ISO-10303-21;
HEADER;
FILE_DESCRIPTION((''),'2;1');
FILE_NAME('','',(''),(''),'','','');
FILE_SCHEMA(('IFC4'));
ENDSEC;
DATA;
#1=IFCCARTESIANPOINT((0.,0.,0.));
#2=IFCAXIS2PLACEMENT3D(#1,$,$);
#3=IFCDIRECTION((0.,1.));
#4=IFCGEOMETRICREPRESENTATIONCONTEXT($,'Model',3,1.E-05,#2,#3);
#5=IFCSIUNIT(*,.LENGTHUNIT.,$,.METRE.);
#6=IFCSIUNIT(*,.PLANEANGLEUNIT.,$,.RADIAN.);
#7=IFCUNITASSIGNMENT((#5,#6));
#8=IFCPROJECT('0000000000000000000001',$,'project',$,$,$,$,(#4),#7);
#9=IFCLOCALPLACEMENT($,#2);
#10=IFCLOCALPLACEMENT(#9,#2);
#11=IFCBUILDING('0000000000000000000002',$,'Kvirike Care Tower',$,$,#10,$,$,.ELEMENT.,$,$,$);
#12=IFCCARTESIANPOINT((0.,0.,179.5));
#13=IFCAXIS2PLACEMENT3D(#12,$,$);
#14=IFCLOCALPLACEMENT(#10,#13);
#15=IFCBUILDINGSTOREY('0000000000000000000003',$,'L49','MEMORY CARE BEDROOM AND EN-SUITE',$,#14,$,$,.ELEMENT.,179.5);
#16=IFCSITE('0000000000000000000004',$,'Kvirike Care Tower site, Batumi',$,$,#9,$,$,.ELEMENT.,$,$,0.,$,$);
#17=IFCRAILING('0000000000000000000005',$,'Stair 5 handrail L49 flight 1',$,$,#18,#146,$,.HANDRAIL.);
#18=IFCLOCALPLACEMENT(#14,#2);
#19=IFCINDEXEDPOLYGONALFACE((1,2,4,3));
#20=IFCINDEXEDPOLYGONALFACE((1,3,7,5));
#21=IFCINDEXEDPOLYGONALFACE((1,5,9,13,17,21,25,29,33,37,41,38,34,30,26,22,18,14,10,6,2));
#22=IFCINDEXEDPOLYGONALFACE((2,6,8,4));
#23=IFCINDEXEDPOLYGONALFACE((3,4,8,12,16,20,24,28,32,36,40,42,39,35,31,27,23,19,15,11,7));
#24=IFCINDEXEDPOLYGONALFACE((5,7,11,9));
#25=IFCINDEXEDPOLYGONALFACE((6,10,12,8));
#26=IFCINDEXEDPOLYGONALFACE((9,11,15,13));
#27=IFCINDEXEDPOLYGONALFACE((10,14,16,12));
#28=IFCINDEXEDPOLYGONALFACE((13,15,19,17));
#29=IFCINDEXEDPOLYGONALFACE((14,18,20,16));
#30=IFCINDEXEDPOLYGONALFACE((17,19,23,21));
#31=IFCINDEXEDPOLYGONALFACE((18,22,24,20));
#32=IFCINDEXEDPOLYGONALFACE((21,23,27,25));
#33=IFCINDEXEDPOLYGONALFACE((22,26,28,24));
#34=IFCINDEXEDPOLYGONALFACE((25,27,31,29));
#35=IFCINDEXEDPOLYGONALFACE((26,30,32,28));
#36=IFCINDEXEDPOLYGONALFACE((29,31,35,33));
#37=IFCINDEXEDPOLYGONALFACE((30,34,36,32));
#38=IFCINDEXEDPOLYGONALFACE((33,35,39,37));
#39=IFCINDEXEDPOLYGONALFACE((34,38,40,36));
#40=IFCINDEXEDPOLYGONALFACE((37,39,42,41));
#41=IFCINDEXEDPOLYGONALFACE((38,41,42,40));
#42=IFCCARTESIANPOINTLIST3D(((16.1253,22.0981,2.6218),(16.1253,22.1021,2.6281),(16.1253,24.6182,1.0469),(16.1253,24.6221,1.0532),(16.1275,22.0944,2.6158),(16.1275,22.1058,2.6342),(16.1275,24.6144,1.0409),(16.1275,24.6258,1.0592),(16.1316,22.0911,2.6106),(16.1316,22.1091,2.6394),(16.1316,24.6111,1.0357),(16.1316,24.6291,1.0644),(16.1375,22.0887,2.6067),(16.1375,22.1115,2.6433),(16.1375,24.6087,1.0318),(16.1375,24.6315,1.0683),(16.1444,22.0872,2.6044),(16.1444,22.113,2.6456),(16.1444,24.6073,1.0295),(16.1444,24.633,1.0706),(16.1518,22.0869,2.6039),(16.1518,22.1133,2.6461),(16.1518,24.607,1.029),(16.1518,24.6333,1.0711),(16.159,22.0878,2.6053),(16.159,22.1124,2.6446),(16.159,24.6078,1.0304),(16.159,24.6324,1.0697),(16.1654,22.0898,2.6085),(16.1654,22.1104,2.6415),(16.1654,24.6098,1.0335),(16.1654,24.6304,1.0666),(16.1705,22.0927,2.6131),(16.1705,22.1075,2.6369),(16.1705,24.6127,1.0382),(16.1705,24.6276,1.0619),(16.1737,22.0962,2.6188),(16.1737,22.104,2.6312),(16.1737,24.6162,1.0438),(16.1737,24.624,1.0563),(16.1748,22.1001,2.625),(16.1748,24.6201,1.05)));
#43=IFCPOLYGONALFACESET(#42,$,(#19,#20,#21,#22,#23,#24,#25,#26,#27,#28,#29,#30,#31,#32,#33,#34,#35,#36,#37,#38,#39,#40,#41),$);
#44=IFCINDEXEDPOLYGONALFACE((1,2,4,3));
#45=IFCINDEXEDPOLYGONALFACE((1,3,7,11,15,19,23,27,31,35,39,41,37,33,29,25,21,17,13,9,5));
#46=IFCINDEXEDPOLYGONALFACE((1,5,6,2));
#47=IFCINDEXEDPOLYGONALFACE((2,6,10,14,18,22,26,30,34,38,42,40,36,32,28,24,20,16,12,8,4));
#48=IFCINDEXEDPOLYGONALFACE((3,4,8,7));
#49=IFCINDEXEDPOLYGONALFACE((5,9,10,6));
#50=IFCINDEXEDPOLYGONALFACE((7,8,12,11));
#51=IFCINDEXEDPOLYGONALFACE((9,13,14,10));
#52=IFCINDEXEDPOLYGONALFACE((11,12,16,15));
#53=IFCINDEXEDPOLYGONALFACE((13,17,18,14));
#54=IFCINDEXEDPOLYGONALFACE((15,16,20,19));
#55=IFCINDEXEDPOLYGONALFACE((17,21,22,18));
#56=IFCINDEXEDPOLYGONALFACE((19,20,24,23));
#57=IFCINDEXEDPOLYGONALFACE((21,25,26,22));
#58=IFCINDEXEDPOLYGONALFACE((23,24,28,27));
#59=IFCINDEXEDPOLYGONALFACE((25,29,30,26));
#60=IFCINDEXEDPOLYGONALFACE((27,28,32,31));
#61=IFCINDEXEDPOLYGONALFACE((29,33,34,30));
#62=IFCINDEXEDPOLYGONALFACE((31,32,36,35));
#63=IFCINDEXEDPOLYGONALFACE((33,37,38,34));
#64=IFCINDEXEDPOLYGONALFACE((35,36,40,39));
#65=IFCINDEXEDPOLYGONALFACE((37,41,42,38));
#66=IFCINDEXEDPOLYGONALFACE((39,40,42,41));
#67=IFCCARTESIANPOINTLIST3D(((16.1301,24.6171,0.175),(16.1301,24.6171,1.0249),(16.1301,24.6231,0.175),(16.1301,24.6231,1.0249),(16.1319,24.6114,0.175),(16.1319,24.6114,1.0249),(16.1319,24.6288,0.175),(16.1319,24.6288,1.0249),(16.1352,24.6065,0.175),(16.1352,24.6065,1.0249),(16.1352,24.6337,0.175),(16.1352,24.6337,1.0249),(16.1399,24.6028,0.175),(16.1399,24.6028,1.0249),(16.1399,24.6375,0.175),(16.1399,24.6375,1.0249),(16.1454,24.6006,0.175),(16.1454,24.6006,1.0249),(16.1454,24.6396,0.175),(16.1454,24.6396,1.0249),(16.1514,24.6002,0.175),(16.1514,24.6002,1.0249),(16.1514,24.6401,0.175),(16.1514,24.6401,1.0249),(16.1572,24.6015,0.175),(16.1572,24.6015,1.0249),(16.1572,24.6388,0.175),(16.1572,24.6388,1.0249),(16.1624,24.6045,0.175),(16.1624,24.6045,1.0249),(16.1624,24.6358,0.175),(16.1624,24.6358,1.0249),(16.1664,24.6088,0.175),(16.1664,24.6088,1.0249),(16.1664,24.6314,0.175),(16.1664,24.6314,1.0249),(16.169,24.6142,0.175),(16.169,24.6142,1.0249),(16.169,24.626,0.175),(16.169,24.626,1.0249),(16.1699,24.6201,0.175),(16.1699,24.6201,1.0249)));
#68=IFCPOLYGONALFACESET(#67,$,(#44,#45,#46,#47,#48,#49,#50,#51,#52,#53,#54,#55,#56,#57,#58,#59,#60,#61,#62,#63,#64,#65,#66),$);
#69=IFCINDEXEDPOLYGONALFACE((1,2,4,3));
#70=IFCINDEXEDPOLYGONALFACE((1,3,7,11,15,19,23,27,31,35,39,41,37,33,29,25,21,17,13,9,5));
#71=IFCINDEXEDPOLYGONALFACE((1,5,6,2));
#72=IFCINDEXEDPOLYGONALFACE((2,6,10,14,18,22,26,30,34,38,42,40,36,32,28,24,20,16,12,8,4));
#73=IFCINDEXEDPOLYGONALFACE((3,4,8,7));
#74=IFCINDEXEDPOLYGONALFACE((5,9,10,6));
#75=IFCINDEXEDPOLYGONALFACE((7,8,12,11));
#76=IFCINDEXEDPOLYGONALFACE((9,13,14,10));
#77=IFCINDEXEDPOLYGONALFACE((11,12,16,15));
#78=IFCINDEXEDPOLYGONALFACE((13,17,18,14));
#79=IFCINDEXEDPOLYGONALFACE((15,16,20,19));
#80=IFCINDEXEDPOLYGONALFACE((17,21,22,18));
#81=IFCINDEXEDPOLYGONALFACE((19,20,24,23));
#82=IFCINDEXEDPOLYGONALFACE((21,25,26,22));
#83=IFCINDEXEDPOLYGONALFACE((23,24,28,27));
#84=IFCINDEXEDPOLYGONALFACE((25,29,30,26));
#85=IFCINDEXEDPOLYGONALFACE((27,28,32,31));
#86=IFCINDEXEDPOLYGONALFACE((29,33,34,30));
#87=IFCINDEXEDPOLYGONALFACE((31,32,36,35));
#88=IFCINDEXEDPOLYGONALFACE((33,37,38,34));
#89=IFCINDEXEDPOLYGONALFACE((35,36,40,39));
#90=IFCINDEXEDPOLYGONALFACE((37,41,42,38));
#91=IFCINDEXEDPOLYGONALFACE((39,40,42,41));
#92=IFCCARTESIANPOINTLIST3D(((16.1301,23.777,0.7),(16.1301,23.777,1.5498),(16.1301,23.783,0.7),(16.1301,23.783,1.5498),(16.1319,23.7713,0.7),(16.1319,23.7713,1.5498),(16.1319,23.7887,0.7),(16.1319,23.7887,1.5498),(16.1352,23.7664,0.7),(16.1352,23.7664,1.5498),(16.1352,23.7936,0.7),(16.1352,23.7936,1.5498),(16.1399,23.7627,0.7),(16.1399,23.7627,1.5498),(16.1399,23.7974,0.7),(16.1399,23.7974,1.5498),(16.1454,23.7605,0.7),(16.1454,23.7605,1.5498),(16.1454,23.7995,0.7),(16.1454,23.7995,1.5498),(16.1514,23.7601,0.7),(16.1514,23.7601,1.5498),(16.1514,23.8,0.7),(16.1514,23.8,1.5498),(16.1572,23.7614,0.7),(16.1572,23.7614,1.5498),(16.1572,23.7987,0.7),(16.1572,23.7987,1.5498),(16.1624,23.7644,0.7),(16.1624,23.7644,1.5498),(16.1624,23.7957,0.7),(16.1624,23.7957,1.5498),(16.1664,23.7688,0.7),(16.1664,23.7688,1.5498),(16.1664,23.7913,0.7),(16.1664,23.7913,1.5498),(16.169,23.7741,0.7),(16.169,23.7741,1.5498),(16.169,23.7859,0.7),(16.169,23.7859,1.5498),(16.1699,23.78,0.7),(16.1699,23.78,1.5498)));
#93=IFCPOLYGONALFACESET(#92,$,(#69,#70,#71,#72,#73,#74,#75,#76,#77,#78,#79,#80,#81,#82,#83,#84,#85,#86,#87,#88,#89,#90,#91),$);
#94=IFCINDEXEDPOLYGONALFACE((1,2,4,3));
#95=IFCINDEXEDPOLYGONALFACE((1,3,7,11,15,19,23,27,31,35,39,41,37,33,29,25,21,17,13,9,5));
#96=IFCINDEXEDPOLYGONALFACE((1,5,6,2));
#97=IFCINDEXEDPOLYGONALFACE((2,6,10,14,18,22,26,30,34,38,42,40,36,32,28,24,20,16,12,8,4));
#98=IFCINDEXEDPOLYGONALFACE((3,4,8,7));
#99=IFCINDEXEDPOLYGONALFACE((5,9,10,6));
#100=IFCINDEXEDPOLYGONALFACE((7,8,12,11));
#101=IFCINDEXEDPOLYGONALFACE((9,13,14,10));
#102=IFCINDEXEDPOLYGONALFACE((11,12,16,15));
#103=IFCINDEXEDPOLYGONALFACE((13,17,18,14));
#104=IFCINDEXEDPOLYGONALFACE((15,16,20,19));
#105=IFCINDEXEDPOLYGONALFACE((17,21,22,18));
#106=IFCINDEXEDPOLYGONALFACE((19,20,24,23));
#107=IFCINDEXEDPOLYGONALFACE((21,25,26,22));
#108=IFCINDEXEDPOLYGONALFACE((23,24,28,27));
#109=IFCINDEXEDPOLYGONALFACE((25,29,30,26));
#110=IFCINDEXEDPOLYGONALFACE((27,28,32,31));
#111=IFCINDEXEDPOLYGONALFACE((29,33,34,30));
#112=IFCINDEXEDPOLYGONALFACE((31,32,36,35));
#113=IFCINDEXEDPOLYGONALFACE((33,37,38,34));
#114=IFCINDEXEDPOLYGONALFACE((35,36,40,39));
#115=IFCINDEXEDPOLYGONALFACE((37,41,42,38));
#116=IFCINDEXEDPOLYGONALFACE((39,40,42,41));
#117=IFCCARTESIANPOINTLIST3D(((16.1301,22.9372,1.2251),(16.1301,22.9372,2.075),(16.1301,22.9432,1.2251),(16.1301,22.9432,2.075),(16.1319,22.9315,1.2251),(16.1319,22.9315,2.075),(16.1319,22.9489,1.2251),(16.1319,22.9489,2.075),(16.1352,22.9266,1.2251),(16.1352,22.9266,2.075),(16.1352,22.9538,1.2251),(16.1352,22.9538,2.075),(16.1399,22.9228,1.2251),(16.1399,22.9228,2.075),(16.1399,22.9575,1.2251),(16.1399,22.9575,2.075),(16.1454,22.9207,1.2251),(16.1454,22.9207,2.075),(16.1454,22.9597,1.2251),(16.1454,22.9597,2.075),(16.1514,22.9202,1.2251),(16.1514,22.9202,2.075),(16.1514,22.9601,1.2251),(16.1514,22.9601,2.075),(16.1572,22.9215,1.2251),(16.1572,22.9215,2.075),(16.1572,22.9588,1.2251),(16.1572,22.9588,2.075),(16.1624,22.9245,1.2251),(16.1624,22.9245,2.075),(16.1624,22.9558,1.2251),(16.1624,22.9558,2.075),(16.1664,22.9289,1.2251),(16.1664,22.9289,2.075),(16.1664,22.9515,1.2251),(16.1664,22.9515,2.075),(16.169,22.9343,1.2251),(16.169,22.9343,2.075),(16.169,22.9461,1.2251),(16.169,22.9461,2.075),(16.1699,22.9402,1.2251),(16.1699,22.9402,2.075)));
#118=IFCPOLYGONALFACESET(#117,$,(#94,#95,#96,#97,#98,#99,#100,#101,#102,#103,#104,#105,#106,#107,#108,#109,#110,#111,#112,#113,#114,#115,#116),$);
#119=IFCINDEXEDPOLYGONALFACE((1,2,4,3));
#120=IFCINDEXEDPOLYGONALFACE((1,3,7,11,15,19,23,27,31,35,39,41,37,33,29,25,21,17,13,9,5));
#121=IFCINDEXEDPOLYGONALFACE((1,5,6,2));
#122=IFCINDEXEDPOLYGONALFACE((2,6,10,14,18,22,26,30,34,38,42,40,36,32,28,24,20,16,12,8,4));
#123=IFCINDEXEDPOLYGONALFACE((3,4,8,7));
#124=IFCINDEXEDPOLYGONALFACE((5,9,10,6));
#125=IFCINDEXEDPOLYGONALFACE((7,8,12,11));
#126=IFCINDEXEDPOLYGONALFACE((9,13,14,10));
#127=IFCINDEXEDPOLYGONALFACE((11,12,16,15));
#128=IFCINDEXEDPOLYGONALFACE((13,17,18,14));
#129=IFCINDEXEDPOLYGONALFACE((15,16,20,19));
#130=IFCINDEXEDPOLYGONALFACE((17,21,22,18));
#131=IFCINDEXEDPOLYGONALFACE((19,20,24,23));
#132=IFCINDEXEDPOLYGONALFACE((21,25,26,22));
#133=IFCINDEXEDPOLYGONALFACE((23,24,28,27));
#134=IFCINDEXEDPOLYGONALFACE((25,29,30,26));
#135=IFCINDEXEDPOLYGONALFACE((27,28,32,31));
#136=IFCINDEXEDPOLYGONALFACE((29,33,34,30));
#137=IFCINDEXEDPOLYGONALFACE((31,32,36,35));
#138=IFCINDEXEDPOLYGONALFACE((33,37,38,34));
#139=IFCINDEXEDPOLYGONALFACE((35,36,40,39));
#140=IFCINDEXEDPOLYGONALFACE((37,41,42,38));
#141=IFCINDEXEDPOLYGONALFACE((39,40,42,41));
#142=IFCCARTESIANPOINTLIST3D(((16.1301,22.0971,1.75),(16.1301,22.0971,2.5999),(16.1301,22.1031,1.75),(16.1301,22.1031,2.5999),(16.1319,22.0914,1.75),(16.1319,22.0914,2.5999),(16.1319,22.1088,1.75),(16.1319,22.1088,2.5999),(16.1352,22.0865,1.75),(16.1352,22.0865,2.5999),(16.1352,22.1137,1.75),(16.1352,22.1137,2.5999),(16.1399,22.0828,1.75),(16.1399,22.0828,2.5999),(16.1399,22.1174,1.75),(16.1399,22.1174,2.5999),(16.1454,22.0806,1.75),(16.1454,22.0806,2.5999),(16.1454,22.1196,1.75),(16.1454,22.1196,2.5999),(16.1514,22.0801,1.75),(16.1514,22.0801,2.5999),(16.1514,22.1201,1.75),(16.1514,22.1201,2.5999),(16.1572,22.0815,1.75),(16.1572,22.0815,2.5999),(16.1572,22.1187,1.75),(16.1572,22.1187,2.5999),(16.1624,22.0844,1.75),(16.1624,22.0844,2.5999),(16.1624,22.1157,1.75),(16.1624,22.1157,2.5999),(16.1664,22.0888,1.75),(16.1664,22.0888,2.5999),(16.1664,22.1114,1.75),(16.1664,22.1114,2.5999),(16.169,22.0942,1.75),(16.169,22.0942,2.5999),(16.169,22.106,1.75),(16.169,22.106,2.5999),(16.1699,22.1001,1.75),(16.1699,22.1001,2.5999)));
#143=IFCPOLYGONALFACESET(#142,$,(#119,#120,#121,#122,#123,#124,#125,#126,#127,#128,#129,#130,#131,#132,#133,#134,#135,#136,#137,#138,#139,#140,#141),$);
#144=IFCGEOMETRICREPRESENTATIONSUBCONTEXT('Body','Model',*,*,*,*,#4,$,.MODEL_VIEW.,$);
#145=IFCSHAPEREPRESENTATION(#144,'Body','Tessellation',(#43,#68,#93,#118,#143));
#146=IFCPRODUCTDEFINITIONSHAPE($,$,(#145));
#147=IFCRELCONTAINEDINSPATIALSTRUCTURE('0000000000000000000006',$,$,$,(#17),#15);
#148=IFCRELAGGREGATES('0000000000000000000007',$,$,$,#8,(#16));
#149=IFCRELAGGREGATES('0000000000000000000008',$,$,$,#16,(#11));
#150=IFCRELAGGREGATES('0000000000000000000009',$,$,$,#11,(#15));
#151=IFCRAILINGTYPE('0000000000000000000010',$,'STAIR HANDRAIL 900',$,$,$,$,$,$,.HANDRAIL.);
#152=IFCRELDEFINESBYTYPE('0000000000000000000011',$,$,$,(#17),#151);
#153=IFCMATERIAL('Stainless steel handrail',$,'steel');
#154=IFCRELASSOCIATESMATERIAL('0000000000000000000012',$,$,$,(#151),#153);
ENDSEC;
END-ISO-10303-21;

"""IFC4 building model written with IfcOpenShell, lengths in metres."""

from ifc_helpers import new_model, si_unit, direction, frame, origin, origin_2d, place, context, subcontext, project, spatial, circle, extrude, material, type_object, element, save


model = new_model("IFC4")

# Units and contexts
model_context = context("Model", 3, precision=1e-05, world=origin(), true_north=direction((0.0, 1.0)))
body_context = subcontext(model_context, "Body", "Model", "MODEL_VIEW")
ifc_project = project(units=[si_unit("LENGTHUNIT", "METRE"), si_unit("PLANEANGLEUNIT", "RADIAN")], contexts=[model_context])

# Site, building, storey
site_placement = place(None, origin())
site = spatial("IfcSite", under=ifc_project, at=site_placement, Name="Kvirike Care Tower site, Batumi", CompositionType="ELEMENT", RefElevation=0.0)
building_placement = place(site_placement, origin())
building = spatial("IfcBuilding", under=site, at=building_placement, Name="Kvirike Care Tower", CompositionType="ELEMENT")
storey_placement = place(building_placement, frame((0.0, 0.0, 179.5)))
storey = spatial("IfcBuildingStorey", under=building, at=storey_placement, Name="L49", Description="MEMORY CARE BEDROOM AND EN-SUITE", CompositionType="ELEMENT", Elevation=179.5)

# Railing
ifc_material_1 = material(Name="Stainless steel handrail", Category="steel")
railing_type = type_object("IfcRailingType", Name="STAIR HANDRAIL 900", PredefinedType="HANDRAIL", material=ifc_material_1)
railing_placement = place(storey_placement, frame((16.1499, 24.6201, 0.175)))
element("IfcRailing", 1, at=railing_placement, inside=storey, type_object=railing_type, Name="Stair 5 handrail L49 flight 1", PredefinedType="HANDRAIL", context=body_context, shape_type="SweptSolid", body=[
    extrude(circle(Radius=0.0249, at=origin_2d()), frame((0.0, 0.0, 0.875), z_axis=(0.0, -0.848008, 0.529984), x_axis=(1.0, 0.0, 0.0)), (0.0, 0.0, 1.0), 2.9717),
    extrude(circle(Radius=0.02, at=origin_2d()), origin(), (0.0, 0.0, 1.0), 0.8499),
    extrude(circle(Radius=0.02, at=origin_2d()), frame((0.0, -0.8401, 0.5249)), (0.0, 0.0, 1.0), 0.8499),
    extrude(circle(Radius=0.02, at=origin_2d()), frame((0.0, -1.6799, 1.05)), (0.0, 0.0, 1.0), 0.8499),
    extrude(circle(Radius=0.02, at=origin_2d()), frame((0.0, -2.52, 1.575)), (0.0, 0.0, 1.0), 0.8499),
])

save(model, "model.ifc")
